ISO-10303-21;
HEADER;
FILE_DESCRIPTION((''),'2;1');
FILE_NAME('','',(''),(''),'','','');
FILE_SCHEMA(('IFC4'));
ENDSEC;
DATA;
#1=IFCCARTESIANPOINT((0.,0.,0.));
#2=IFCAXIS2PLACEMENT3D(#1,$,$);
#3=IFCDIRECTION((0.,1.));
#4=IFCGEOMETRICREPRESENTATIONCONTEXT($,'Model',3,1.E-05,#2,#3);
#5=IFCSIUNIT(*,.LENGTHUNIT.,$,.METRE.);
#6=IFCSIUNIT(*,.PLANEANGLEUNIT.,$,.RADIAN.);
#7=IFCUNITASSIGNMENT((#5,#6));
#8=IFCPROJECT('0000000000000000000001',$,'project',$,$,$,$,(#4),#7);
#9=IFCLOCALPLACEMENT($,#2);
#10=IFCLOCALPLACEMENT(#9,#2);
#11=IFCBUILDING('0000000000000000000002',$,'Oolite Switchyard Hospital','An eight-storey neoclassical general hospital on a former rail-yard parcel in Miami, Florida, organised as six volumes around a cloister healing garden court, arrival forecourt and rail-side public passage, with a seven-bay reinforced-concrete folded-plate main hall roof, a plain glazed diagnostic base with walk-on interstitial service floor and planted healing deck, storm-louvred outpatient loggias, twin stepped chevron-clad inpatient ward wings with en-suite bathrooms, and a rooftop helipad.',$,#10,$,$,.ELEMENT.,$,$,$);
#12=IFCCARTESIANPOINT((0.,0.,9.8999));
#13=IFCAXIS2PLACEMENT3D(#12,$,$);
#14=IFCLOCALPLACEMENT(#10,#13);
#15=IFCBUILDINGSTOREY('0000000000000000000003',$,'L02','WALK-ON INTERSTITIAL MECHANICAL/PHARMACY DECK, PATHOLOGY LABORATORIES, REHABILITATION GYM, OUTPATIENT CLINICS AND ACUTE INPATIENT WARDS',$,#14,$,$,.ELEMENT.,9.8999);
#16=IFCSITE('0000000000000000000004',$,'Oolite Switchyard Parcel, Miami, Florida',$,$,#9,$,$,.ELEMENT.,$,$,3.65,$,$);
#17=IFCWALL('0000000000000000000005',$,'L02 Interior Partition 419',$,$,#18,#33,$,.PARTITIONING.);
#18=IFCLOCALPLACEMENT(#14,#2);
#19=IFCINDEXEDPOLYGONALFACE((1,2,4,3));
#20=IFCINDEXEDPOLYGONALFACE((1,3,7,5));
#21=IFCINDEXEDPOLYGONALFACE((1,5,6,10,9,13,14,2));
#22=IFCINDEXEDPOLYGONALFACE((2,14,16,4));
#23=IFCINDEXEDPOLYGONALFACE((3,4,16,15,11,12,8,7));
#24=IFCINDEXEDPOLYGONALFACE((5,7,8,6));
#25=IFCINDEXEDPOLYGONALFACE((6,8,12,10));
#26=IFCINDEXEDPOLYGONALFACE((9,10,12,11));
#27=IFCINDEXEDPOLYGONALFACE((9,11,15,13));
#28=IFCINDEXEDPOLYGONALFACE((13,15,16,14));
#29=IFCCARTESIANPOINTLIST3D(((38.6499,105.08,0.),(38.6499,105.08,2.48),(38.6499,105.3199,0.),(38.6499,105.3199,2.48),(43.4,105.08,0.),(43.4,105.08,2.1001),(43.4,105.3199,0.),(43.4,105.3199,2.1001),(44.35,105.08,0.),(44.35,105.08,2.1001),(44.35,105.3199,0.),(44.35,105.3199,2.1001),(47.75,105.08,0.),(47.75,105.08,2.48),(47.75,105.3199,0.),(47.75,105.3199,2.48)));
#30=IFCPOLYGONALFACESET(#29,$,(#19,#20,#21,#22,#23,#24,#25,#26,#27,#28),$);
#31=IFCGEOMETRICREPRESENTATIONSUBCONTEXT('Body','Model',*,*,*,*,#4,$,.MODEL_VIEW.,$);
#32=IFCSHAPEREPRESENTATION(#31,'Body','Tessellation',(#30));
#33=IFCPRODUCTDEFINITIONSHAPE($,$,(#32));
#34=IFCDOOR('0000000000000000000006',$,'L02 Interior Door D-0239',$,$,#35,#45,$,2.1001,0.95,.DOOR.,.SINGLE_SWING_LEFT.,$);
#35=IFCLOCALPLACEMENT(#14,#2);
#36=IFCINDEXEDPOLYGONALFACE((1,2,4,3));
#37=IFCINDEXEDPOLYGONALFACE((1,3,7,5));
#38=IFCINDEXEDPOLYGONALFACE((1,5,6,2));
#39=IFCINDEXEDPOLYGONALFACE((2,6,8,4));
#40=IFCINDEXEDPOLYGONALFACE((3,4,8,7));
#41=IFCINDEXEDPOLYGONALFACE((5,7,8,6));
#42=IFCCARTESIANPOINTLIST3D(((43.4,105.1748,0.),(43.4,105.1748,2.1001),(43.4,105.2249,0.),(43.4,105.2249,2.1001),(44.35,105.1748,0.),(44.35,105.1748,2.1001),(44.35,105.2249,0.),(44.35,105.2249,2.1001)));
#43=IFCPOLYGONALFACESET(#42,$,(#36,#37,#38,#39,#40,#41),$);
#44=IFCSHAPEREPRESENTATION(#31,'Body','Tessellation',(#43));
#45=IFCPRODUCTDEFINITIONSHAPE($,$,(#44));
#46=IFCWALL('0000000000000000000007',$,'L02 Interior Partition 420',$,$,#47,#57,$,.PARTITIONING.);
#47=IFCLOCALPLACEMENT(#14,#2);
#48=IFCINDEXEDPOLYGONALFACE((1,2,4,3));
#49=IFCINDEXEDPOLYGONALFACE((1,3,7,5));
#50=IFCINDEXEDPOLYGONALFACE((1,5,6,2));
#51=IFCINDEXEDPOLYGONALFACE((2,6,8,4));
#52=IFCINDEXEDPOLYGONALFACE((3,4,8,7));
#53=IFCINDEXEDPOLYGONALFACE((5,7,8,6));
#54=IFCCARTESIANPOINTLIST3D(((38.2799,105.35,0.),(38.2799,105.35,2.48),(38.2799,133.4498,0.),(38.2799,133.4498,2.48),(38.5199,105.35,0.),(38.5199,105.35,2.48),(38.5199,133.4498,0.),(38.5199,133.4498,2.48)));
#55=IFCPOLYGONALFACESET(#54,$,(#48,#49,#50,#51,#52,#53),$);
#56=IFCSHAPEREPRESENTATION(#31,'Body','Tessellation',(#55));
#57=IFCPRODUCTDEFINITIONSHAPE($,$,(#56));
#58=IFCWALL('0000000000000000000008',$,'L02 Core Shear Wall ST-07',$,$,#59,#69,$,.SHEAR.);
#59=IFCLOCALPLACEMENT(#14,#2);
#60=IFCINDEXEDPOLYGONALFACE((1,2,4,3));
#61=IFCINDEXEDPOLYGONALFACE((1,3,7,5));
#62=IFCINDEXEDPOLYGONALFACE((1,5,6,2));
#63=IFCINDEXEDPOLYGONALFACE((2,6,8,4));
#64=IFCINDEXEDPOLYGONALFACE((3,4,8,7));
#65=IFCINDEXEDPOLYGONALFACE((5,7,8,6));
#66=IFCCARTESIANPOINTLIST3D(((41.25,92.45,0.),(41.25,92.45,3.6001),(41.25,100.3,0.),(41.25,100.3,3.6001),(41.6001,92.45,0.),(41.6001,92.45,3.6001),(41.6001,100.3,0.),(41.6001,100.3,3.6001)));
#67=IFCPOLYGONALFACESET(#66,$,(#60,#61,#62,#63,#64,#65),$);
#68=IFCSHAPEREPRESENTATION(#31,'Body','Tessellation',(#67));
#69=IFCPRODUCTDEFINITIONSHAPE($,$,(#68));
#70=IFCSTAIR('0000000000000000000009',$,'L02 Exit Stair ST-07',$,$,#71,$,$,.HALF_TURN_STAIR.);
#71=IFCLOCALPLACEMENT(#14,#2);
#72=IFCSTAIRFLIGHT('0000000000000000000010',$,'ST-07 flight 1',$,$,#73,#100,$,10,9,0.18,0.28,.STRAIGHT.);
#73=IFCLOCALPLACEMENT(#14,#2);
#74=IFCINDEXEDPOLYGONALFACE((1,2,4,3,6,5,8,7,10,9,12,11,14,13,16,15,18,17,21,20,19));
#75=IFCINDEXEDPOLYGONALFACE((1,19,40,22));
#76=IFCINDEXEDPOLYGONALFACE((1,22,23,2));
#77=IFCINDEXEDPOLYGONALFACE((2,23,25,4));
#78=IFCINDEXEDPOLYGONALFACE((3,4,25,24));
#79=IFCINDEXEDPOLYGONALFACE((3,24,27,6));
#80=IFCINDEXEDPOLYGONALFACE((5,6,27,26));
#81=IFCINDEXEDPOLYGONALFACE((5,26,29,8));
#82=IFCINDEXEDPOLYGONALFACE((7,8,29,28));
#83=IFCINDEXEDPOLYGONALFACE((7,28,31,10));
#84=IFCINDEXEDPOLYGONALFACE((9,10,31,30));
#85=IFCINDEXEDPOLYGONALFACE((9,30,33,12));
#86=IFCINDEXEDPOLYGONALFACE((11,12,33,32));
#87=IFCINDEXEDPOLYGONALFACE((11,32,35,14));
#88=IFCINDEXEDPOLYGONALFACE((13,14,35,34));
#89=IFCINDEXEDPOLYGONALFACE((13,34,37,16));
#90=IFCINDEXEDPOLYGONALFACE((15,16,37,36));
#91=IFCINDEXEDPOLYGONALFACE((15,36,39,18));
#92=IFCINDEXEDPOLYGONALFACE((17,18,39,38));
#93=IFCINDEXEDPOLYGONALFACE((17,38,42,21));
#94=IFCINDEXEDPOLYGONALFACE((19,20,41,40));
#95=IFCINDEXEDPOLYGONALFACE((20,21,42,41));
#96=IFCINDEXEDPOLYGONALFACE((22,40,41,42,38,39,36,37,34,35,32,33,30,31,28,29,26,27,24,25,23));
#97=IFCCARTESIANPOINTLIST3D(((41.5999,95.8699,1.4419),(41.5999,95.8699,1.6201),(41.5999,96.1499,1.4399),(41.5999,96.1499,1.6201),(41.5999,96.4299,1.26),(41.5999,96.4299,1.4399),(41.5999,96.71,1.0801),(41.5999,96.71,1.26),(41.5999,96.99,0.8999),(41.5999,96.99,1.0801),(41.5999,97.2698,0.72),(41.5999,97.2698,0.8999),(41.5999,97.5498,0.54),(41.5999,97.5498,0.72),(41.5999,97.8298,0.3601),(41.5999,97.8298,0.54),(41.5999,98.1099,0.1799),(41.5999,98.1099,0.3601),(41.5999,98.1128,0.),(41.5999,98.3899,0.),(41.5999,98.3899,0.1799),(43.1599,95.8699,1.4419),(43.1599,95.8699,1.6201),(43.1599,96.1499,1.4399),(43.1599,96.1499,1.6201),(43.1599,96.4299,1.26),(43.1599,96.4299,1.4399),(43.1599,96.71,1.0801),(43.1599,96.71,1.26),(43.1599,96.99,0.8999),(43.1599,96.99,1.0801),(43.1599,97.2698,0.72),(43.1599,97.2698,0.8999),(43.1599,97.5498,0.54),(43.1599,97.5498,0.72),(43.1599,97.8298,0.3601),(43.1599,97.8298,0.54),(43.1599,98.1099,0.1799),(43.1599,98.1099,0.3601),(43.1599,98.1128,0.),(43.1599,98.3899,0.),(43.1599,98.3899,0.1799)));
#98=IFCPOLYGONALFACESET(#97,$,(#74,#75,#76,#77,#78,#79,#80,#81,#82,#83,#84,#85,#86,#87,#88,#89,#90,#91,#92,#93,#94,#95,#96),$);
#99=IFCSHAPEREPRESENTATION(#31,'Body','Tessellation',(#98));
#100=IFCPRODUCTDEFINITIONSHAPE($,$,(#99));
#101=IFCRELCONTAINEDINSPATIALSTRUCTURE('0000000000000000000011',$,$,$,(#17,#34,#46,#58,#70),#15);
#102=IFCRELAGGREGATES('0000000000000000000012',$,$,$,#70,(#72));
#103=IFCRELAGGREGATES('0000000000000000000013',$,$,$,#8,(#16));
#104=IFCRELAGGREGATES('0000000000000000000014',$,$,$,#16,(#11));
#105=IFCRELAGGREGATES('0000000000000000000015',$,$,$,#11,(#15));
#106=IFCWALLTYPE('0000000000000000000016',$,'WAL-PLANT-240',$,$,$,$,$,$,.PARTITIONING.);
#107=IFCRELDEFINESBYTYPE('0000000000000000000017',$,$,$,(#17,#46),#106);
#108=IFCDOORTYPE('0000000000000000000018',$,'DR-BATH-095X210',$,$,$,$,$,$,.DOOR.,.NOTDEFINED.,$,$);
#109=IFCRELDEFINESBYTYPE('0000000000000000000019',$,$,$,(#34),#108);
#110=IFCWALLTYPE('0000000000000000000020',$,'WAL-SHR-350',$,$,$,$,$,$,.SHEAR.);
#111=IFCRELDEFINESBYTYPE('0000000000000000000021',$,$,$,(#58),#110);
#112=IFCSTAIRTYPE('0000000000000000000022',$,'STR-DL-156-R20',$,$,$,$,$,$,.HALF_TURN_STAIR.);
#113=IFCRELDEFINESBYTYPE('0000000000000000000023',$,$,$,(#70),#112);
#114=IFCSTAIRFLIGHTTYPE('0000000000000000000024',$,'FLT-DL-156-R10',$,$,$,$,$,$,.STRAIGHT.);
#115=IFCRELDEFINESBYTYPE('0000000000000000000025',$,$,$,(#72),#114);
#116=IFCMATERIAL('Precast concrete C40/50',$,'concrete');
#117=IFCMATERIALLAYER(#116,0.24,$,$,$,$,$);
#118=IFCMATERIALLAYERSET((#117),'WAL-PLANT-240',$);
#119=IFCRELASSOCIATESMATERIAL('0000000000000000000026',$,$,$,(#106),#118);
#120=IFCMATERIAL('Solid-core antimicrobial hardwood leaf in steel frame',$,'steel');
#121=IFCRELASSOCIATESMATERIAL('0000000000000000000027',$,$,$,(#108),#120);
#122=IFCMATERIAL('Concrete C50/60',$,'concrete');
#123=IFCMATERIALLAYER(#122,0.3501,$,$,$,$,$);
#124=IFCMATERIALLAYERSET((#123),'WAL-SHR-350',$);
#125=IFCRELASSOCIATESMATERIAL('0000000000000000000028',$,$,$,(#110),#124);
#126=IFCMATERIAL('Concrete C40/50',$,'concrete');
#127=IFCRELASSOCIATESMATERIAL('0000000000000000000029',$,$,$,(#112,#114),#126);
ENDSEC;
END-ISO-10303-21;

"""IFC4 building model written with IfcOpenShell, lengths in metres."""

from ifc_helpers import new_model, si_unit, direction, frame, frame_2d, origin, place, context, subcontext, project, spatial, polyline, rectangle, outline, extrude, material, layer, layer_set, type_object, element, fill, aggregate, save


model = new_model("IFC4")

# Units and contexts
model_context = context("Model", 3, precision=1e-05, world=origin(), true_north=direction((0.0, 1.0)))
body_context = subcontext(model_context, "Body", "Model", "MODEL_VIEW")
ifc_project = project(units=[si_unit("LENGTHUNIT", "METRE"), si_unit("PLANEANGLEUNIT", "RADIAN")], contexts=[model_context])

# Site, building, storey
site_placement = place(None, origin())
site = spatial("IfcSite", under=ifc_project, at=site_placement, Name="Oolite Switchyard Parcel, Miami, Florida", CompositionType="ELEMENT", RefElevation=3.65)
building_placement = place(site_placement, origin())
building = spatial("IfcBuilding", under=site, at=building_placement, Name="Oolite Switchyard Hospital", Description="An eight-storey neoclassical general hospital on a former rail-yard parcel in Miami, Florida, organised as six volumes around a cloister healing garden court, arrival forecourt and rail-side public passage, with a seven-bay reinforced-concrete folded-plate main hall roof, a plain glazed diagnostic base with walk-on interstitial service floor and planted healing deck, storm-louvred outpatient loggias, twin stepped chevron-clad inpatient ward wings with en-suite bathrooms, and a rooftop helipad.", CompositionType="ELEMENT")
storey_placement = place(building_placement, frame((0.0, 0.0, 9.8999)))
storey = spatial("IfcBuildingStorey", under=building, at=storey_placement, Name="L02", Description="WALK-ON INTERSTITIAL MECHANICAL/PHARMACY DECK, PATHOLOGY LABORATORIES, REHABILITATION GYM, OUTPATIENT CLINICS AND ACUTE INPATIENT WARDS", CompositionType="ELEMENT", Elevation=9.8999)

# Shared definitions
ifc_material_1 = material(Name="Concrete C50/60", Category="concrete")

# Shared definitions
ifc_material_2 = material(Name="Concrete C40/50", Category="concrete")

# Shared definitions
ifc_material_3 = material(Name="Precast concrete C40/50", Category="concrete")
ifc_layer_1 = layer(ifc_material_3, 0.24)
ifc_layer_set_1 = layer_set([ifc_layer_1], Name="WAL-PLANT-240")
wall_type_1 = type_object("IfcWallType", Name="WAL-PLANT-240", PredefinedType="PARTITIONING", material=ifc_layer_set_1)

# Wall, opening, door
wall_1_placement = place(storey_placement, frame((38.6499, 105.2, 0.0), z_axis=(0.0, 0.0, 1.0), x_axis=(1.0, 0.0, 0.0)))
wall_1 = element("IfcWall", 1, at=wall_1_placement, inside=storey, type_object=wall_type_1, Name="L02 Interior Partition 419", PredefinedType="PARTITIONING", context=body_context, shape_type="SweptSolid", body=[
    extrude(rectangle(XDim=9.1001, YDim=0.24, at=frame_2d((4.55, 0.0))), origin(), (0.0, 0.0, 1.0), 2.48),
])
opening_1_placement = place(wall_1_placement, frame((4.75, 0.0, 0.0)))
opening_1 = element("IfcOpeningElement", 2, at=opening_1_placement, cuts=wall_1, PredefinedType="OPENING", context=body_context, shape_type="SweptSolid", body=[
    extrude(rectangle(XDim=0.95, YDim=2.1001, at=frame_2d((0.4751, 1.05))), frame((0.0, 0.1299, 0.0), z_axis=(0.0, -1.0, 0.0), x_axis=(1.0, 0.0, 0.0)), (0.0, 0.0, 1.0), 0.26),
])
ifc_material_4 = material(Name="Solid-core antimicrobial hardwood leaf in steel frame", Category="steel")
door_type_1 = type_object("IfcDoorType", Name="DR-BATH-095X210", OperationType="NOTDEFINED", PredefinedType="DOOR", material=ifc_material_4)
door_1_placement = place(opening_1_placement, origin())
door_1 = element("IfcDoor", 3, at=door_1_placement, inside=storey, type_object=door_type_1, Name="L02 Interior Door D-0239", OperationType="SINGLE_SWING_LEFT", OverallHeight=2.1001, OverallWidth=0.95, PredefinedType="DOOR", context=body_context, shape_type="SweptSolid", body=[
    extrude(rectangle(XDim=0.95, YDim=2.1001, at=frame_2d((0.4751, 1.05))), frame((0.0, 0.0249, 0.0), z_axis=(0.0, -1.0, 0.0), x_axis=(1.0, 0.0, 0.0)), (0.0, 0.0, 1.0), 0.05),
])
fill(opening_1, door_1)

# Walls
wall_2_placement = place(storey_placement, frame((38.3999, 105.3501, 0.0), z_axis=(0.0, 0.0, 1.0), x_axis=(0.0, 1.0, 0.0)))
element("IfcWall", 4, at=wall_2_placement, inside=storey, type_object=wall_type_1, Name="L02 Interior Partition 420", PredefinedType="PARTITIONING", context=body_context, shape_type="SweptSolid", body=[
    extrude(rectangle(XDim=28.0999, YDim=0.24, at=frame_2d((14.0498, 0.0))), origin(), (0.0, 0.0, 1.0), 2.48),
])
ifc_layer_2 = layer(ifc_material_1, 0.3501)
ifc_layer_set_2 = layer_set([ifc_layer_2], Name="WAL-SHR-350")
wall_type_2 = type_object("IfcWallType", Name="WAL-SHR-350", PredefinedType="SHEAR", material=ifc_layer_set_2)
wall_3_placement = place(storey_placement, frame((41.425, 100.3, 0.0), z_axis=(0.0, 0.0, 1.0), x_axis=(0.0, -1.0, 0.0)))
element("IfcWall", 5, at=wall_3_placement, inside=storey, type_object=wall_type_2, Name="L02 Core Shear Wall ST-07", PredefinedType="SHEAR", context=body_context, shape_type="SweptSolid", body=[
    extrude(rectangle(XDim=7.8501, YDim=0.3501, at=frame_2d((3.925, 0.0))), origin(), (0.0, 0.0, 1.0), 3.6001),
])

# Stair, stair flight
stair_type = type_object("IfcStairType", Name="STR-DL-156-R20", PredefinedType="HALF_TURN_STAIR", material=ifc_material_2)
stair_placement = place(storey_placement, origin())
stair = element("IfcStair", 6, at=stair_placement, inside=storey, type_object=stair_type, Name="L02 Exit Stair ST-07", PredefinedType="HALF_TURN_STAIR")
stair_flight_type = type_object("IfcStairFlightType", Name="FLT-DL-156-R10", PredefinedType="STRAIGHT", material=ifc_material_2)
stair_flight_placement = place(storey_placement, frame((42.3799, 98.3899, 0.0), z_axis=(0.0, 0.0, 1.0), x_axis=(0.0, -1.0, 0.0)))
stair_flight = element("IfcStairFlight", 7, at=stair_flight_placement, type_object=stair_flight_type, Name="ST-07 flight 1", NumberOfRisers=10, NumberOfTreads=9, PredefinedType="STRAIGHT", RiserHeight=0.18, TreadLength=0.28, context=body_context, shape_type="SweptSolid", body=[
    extrude(outline(polyline([(0.0, 0.0), (0.0, 0.1799), (0.28, 0.1799), (0.28, 0.3601), (0.5601, 0.3601), (0.5601, 0.54), (0.8401, 0.54), (0.8401, 0.72), (1.1201, 0.72), (1.1201, 0.8999), (1.3999, 0.8999), (1.3999, 1.0801), (1.6799, 1.0801), (1.6799, 1.26), (1.96, 1.26), (1.96, 1.4399), (2.24, 1.4399), (2.24, 1.6201), (2.52, 1.6201), (2.52, 1.8), (2.52, 1.4419), (0.2771, 0.0), (0.0, 0.0)])), frame((0.0, 0.78, 0.0), z_axis=(0.0, -1.0, 0.0), x_axis=(1.0, 0.0, 0.0)), (0.0, 0.0, 1.0), 1.5601),
])
aggregate(stair, [stair_flight])

save(model, "model.ifc")
